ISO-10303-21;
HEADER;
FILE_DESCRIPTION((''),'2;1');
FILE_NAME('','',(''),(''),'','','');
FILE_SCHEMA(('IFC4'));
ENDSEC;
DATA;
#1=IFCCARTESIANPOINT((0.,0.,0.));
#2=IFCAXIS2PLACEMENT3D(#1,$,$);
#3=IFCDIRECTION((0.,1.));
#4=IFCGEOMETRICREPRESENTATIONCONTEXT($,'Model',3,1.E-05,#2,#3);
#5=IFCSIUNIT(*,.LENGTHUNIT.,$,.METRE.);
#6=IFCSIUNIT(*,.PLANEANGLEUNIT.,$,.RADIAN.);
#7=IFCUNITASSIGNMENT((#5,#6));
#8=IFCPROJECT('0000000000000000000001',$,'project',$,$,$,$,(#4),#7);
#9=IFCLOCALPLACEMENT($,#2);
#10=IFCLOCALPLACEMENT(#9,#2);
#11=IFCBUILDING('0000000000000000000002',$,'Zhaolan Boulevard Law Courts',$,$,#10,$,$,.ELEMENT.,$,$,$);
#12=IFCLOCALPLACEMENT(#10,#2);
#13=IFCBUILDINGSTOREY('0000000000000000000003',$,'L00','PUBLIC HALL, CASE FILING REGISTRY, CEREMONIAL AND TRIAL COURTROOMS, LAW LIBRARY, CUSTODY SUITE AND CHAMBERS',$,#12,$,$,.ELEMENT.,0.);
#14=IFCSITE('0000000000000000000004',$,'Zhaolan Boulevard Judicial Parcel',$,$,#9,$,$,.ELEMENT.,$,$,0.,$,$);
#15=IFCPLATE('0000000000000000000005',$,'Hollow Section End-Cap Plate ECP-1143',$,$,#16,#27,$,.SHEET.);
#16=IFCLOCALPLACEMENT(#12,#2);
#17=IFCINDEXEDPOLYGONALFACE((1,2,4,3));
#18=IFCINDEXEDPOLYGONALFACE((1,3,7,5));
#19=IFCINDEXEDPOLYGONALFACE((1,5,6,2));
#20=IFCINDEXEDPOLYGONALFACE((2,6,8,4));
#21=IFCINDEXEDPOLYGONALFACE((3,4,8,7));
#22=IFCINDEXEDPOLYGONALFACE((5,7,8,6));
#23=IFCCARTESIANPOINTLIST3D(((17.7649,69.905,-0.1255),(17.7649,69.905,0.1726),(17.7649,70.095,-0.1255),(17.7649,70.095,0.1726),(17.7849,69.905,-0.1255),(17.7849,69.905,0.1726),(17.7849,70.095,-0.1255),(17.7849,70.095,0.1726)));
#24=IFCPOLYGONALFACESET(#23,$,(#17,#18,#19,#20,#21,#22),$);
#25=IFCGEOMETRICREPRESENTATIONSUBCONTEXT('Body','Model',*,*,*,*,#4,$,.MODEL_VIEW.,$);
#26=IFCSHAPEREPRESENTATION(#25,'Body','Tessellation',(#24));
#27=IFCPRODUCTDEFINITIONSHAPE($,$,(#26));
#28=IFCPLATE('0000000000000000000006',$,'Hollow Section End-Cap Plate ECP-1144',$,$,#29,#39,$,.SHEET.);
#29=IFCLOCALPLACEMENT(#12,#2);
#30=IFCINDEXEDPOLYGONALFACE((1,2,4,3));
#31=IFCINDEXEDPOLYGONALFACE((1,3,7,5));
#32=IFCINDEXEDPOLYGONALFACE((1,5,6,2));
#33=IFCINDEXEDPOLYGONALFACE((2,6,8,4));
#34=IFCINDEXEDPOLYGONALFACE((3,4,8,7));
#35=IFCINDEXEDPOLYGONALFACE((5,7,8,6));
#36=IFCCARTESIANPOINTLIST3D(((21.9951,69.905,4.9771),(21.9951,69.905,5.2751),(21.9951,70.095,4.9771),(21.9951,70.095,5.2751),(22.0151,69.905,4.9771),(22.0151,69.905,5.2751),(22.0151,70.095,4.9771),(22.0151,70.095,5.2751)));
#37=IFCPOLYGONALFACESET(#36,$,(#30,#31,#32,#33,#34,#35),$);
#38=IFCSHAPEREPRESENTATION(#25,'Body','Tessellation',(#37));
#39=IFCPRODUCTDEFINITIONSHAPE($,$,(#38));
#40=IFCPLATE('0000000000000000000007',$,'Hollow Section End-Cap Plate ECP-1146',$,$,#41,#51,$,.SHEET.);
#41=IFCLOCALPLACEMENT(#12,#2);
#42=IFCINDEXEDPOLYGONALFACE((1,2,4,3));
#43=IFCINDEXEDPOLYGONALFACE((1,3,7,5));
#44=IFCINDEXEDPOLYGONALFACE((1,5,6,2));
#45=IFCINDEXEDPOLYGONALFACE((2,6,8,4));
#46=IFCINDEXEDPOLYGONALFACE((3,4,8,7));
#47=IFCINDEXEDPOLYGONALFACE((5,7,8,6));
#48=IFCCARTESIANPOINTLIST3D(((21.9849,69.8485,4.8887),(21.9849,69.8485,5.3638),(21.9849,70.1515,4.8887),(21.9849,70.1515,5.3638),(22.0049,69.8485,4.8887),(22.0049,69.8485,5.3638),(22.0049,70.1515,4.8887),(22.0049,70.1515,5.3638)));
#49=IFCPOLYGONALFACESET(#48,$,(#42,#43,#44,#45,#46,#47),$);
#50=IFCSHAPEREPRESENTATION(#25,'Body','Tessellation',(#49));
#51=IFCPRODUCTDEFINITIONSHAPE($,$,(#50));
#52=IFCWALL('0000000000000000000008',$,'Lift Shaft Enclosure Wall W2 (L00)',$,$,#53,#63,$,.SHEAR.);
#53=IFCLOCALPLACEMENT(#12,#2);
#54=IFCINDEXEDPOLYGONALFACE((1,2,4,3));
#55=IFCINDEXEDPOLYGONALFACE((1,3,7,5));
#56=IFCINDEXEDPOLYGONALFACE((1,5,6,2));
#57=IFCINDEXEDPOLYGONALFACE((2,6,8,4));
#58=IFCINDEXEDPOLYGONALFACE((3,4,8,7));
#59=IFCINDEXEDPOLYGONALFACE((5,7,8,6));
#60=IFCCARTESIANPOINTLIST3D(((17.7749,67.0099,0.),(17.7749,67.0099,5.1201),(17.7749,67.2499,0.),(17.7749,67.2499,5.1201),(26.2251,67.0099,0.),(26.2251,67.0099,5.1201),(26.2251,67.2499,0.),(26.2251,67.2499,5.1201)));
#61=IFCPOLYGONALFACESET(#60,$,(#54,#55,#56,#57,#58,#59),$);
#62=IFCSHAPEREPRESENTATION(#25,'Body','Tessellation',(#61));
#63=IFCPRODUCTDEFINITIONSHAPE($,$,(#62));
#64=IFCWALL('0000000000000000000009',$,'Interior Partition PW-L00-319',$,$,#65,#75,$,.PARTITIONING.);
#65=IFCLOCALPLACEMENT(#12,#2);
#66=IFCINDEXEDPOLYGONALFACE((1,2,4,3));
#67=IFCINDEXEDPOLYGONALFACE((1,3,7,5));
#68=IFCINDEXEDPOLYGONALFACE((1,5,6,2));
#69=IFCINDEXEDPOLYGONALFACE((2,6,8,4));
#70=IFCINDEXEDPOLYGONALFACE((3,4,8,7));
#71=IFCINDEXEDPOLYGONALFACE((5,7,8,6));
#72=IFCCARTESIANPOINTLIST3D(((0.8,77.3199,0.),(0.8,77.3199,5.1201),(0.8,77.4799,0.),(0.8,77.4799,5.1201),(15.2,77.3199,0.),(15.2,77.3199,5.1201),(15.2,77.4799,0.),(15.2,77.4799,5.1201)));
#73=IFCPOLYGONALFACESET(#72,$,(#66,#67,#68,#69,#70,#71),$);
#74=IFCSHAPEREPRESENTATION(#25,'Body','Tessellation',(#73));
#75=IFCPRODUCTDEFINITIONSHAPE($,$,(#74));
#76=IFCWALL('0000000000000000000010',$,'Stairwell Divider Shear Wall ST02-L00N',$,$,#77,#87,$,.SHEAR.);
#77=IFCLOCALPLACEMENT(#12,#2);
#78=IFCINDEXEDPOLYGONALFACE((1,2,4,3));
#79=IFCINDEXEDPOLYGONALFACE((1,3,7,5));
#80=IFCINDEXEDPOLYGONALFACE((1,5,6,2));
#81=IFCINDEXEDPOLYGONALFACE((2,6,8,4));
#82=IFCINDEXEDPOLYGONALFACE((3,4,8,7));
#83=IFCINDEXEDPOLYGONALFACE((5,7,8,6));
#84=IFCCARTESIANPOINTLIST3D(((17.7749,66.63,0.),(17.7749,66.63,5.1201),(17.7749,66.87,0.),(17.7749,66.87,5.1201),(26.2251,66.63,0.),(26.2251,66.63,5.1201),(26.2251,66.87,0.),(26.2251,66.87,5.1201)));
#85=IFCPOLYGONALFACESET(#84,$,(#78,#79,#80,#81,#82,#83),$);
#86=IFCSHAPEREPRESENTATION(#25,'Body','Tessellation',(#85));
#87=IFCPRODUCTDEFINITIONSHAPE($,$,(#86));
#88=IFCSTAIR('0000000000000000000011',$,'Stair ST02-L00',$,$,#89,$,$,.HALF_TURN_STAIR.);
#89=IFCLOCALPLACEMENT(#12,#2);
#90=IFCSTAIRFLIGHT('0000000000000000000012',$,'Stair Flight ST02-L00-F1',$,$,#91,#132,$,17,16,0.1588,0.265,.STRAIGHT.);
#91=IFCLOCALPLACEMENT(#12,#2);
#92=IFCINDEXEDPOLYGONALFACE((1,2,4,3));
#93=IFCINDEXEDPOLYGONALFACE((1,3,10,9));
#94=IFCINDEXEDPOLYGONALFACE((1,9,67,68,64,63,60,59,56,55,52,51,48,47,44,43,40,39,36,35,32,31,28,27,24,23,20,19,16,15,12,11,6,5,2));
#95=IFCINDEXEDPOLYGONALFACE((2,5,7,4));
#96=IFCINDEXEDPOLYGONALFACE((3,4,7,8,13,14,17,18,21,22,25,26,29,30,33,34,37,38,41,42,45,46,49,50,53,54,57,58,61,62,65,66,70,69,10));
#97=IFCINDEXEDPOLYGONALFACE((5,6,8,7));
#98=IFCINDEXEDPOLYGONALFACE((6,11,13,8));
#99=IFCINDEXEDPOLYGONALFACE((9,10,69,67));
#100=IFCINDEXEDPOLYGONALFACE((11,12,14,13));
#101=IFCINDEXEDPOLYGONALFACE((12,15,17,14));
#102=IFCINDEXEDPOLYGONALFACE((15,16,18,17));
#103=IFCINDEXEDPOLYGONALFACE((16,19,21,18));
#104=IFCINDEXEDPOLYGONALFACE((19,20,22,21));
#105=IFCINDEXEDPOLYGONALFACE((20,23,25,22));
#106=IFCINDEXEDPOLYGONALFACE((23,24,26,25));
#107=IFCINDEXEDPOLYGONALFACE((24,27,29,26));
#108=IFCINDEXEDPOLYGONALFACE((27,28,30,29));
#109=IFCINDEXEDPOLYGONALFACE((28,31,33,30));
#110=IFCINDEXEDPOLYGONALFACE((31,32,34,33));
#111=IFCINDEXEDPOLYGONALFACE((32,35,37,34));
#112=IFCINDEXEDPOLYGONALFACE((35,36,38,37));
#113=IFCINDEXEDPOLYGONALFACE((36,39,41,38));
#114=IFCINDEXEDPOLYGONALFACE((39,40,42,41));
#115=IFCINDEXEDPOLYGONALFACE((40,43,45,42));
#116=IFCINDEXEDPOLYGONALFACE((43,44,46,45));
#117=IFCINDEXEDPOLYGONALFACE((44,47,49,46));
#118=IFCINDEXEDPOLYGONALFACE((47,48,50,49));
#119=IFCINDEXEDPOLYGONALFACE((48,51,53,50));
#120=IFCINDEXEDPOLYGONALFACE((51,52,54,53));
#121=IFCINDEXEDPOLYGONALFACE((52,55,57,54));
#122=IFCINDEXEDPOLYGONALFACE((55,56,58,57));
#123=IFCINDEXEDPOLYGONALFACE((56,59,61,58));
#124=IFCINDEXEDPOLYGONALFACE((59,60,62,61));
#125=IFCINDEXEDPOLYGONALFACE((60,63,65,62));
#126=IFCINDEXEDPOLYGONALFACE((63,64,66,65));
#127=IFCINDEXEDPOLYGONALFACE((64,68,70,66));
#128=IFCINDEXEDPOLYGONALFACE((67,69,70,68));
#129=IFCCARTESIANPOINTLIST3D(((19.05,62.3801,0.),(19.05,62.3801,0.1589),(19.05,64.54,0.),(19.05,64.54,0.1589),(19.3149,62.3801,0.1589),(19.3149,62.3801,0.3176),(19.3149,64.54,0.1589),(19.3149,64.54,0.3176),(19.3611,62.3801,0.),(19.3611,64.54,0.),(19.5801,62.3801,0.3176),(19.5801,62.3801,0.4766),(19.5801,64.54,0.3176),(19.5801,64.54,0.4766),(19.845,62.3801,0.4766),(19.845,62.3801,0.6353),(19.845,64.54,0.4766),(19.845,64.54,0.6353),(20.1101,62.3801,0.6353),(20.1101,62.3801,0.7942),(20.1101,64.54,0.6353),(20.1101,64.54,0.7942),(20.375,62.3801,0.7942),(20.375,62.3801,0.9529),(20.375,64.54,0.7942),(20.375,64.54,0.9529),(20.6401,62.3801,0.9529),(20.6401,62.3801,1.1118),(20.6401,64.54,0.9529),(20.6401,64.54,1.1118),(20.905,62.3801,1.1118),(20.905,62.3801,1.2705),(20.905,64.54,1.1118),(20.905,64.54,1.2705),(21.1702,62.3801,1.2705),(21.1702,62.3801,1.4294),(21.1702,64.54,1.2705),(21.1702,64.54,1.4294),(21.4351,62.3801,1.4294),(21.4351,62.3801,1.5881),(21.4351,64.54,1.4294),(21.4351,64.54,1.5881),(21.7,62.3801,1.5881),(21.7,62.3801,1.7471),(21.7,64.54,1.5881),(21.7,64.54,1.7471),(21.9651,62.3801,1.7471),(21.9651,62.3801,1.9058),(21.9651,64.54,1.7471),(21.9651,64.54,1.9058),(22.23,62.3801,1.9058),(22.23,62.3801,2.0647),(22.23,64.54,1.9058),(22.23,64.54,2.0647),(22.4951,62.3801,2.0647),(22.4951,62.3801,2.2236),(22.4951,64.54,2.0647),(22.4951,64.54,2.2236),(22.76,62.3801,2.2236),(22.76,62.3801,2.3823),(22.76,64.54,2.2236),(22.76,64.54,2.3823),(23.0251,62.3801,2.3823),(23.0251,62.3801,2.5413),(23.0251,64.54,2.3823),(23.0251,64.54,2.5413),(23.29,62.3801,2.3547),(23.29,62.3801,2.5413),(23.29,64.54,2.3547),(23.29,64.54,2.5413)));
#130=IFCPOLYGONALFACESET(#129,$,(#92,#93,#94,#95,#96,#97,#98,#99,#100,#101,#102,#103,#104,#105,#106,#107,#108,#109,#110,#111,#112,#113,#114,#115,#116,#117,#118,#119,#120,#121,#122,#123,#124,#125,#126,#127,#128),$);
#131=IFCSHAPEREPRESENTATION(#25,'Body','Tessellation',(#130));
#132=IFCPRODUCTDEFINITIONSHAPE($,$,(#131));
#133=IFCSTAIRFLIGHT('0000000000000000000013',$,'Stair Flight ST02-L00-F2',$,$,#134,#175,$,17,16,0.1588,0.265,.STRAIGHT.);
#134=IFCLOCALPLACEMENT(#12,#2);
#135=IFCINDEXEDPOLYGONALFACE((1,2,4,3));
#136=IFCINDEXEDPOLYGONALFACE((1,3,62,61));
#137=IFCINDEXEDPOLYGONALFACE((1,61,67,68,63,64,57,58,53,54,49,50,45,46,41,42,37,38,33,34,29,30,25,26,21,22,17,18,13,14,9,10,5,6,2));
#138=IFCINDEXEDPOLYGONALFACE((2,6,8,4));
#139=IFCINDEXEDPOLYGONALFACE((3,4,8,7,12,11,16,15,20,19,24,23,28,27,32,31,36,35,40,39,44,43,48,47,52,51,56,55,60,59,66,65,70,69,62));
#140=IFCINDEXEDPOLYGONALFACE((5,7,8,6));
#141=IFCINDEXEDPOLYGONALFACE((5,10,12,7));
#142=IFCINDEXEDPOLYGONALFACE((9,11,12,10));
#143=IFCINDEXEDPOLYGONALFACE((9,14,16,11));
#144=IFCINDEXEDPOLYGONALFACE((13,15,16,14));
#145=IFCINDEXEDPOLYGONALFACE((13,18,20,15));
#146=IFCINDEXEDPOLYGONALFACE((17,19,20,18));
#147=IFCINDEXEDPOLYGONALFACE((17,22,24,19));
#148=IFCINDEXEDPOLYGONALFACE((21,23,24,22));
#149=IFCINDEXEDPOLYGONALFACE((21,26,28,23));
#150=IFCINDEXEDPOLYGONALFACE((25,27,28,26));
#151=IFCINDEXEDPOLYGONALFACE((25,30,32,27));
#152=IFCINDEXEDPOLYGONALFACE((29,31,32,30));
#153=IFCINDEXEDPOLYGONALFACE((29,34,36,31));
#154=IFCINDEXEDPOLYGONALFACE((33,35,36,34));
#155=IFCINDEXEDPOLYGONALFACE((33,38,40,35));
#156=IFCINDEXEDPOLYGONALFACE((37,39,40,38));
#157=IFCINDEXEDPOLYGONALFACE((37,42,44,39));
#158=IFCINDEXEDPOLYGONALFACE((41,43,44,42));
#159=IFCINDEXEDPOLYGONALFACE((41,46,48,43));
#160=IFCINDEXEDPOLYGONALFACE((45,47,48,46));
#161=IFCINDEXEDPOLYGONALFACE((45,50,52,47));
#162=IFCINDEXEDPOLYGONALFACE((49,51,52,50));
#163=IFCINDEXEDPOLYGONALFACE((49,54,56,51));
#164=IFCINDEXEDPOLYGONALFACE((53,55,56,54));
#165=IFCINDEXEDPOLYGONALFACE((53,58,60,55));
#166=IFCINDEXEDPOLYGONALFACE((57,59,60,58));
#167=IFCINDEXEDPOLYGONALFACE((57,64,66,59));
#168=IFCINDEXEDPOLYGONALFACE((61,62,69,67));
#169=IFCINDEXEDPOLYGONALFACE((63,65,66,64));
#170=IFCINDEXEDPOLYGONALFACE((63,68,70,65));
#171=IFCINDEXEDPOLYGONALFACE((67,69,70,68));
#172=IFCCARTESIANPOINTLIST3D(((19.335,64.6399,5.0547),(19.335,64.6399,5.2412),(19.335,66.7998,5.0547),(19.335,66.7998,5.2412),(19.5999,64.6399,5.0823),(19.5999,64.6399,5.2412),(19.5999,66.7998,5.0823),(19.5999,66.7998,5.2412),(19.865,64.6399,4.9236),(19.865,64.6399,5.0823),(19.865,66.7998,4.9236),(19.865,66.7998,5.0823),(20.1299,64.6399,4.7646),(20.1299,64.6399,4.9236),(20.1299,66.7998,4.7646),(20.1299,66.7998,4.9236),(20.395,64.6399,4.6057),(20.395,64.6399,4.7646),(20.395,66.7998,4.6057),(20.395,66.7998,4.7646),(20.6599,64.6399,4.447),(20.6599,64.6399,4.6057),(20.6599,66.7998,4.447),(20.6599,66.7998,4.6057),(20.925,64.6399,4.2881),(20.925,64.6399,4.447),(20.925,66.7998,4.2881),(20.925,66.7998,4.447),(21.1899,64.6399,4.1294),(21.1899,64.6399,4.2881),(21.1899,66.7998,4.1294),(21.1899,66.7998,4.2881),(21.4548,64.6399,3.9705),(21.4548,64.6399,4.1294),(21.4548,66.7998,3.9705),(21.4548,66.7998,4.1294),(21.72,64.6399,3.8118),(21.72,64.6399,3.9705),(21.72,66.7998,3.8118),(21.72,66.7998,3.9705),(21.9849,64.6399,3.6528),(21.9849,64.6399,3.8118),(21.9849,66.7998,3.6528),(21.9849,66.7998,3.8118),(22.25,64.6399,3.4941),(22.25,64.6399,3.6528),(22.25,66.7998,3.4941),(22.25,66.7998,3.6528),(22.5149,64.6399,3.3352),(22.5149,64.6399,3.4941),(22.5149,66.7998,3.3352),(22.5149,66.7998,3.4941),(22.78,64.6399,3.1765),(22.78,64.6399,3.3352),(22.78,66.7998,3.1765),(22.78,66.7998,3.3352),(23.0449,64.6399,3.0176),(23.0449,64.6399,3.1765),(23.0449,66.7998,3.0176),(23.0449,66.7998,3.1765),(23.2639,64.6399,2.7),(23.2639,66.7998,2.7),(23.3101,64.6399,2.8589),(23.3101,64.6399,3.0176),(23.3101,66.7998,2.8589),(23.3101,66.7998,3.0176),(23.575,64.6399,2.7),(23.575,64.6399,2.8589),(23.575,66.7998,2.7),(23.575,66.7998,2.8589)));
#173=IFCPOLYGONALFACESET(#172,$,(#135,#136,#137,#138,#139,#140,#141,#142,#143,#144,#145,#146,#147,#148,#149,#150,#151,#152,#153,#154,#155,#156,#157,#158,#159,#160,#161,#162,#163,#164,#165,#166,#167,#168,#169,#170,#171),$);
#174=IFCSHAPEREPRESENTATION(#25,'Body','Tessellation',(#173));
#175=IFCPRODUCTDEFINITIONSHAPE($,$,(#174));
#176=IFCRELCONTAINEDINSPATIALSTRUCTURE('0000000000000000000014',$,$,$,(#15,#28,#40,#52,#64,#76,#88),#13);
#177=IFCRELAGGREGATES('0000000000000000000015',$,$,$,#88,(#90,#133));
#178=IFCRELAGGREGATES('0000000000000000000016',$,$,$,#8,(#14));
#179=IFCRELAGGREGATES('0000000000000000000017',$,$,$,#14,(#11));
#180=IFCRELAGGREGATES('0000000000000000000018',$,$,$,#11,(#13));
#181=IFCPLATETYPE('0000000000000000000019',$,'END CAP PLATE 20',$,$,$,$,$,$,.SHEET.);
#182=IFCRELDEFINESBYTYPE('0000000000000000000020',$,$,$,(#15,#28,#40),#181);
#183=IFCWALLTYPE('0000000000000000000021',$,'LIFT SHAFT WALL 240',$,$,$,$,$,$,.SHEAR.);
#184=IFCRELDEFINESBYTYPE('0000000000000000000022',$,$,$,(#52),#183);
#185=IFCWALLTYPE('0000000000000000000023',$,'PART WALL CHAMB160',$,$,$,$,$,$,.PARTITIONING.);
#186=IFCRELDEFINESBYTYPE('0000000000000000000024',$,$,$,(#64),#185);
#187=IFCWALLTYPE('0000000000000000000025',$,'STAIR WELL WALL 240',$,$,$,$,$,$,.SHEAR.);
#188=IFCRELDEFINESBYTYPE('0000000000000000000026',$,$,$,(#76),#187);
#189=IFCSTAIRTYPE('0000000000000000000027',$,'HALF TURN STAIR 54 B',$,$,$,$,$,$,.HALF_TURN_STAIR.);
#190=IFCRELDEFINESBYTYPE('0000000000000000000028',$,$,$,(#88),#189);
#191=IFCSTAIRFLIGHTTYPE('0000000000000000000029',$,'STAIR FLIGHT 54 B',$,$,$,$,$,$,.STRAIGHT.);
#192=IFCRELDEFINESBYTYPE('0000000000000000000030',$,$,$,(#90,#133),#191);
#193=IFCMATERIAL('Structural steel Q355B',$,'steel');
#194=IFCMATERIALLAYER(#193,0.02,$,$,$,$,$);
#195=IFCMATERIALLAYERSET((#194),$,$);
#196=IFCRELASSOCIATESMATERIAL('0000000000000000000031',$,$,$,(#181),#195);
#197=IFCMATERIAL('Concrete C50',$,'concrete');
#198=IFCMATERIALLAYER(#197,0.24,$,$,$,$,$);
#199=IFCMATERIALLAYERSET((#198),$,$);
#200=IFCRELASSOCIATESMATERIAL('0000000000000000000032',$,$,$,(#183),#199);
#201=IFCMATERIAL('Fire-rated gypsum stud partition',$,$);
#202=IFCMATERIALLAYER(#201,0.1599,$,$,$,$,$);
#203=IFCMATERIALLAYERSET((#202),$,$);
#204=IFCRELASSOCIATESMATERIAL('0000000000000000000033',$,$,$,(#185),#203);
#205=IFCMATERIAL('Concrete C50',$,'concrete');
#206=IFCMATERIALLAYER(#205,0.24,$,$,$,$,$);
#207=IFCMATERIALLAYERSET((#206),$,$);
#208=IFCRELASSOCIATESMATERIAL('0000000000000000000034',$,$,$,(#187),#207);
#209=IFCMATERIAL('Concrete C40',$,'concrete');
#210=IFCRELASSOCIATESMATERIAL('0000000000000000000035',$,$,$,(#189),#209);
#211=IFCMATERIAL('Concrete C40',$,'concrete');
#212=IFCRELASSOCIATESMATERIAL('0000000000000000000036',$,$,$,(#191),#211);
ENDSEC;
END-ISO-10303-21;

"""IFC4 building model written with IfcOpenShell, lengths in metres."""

from ifc_helpers import new_model, si_unit, direction, frame, frame_2d, origin, origin_2d, place, context, subcontext, project, spatial, polyline, rectangle, outline, extrude, material, layer, layer_set, type_object, element, aggregate, save


model = new_model("IFC4")

# Units and contexts
model_context = context("Model", 3, precision=1e-05, world=origin(), true_north=direction((0.0, 1.0)))
body_context = subcontext(model_context, "Body", "Model", "MODEL_VIEW")
ifc_project = project(units=[si_unit("LENGTHUNIT", "METRE"), si_unit("PLANEANGLEUNIT", "RADIAN")], contexts=[model_context])

# Site, building, storey
site_placement = place(None, origin())
site = spatial("IfcSite", under=ifc_project, at=site_placement, Name="Zhaolan Boulevard Judicial Parcel", CompositionType="ELEMENT", RefElevation=0.0)
building_placement = place(site_placement, origin())
building = spatial("IfcBuilding", under=site, at=building_placement, Name="Zhaolan Boulevard Law Courts", CompositionType="ELEMENT")
storey_placement = place(building_placement, origin())
storey = spatial("IfcBuildingStorey", under=building, at=storey_placement, Name="L00", Description="PUBLIC HALL, CASE FILING REGISTRY, CEREMONIAL AND TRIAL COURTROOMS, LAW LIBRARY, CUSTODY SUITE AND CHAMBERS", CompositionType="ELEMENT", Elevation=0.0)

# Plates
ifc_material_1 = material(Name="Structural steel Q355B", Category="steel")
ifc_layer_1 = layer(ifc_material_1, 0.02)
ifc_layer_set_1 = layer_set([ifc_layer_1])
plate_type_1 = type_object("IfcPlateType", Name="END CAP PLATE 20", PredefinedType="SHEET", material=ifc_layer_set_1)
for number, where, z_axis, x_axis, name in (
    (1, (17.7749, 70.0, -0.1255), (0.0, 0.0, 1.0), (1.0, 0.0, 0.0), "Hollow Section End-Cap Plate ECP-1143"),
    (2, (22.0051, 70.0, 4.9771), (0.0, 0.0, 1.0), (1.0, 0.0, 0.0), "Hollow Section End-Cap Plate ECP-1144"),
):
    element("IfcPlate", number, at=place(storey_placement, frame(where, z_axis=z_axis, x_axis=x_axis)), inside=storey, type_object=plate_type_1, Name=name, PredefinedType="SHEET", context=body_context, shape_type="SweptSolid", body=[
        extrude(rectangle(XDim=0.02, YDim=0.1899, at=origin_2d()), origin(), (0.0, 0.0, 1.0), 0.2981),
    ])
plate_placement = place(storey_placement, frame((21.9949, 70.0, 4.8887), z_axis=(0.0, 0.0, 1.0), x_axis=(-1.0, 0.0, 0.0)))
element("IfcPlate", 3, at=plate_placement, inside=storey, type_object=plate_type_1, Name="Hollow Section End-Cap Plate ECP-1146", PredefinedType="SHEET", context=body_context, shape_type="SweptSolid", body=[
    extrude(rectangle(XDim=0.02, YDim=0.303, at=origin_2d()), origin(), (0.0, 0.0, 1.0), 0.4751),
])

# Walls
ifc_material_2 = material(Name="Concrete C50", Category="concrete")
ifc_layer_2 = layer(ifc_material_2, 0.24)
ifc_layer_set_2 = layer_set([ifc_layer_2])
wall_type_1 = type_object("IfcWallType", Name="LIFT SHAFT WALL 240", PredefinedType="SHEAR", material=ifc_layer_set_2)
wall_1_placement = place(storey_placement, frame((17.7749, 67.1299, 0.0), z_axis=(0.0, 0.0, 1.0), x_axis=(1.0, 0.0, 0.0)))
element("IfcWall", 4, at=wall_1_placement, inside=storey, type_object=wall_type_1, Name="Lift Shaft Enclosure Wall W2 (L00)", PredefinedType="SHEAR", context=body_context, shape_type="SweptSolid", body=[
    extrude(rectangle(XDim=8.4502, YDim=0.24, at=frame_2d((4.2251, 0.0))), origin(), (0.0, 0.0, 1.0), 5.1201),
])
ifc_material_3 = material(Name="Fire-rated gypsum stud partition")
ifc_layer_3 = layer(ifc_material_3, 0.1599)
ifc_layer_set_3 = layer_set([ifc_layer_3])
wall_type_2 = type_object("IfcWallType", Name="PART WALL CHAMB160", PredefinedType="PARTITIONING", material=ifc_layer_set_3)
wall_2_placement = place(storey_placement, frame((15.2, 77.3999, 0.0), z_axis=(0.0, 0.0, 1.0), x_axis=(-1.0, 0.0, 0.0)))
element("IfcWall", 5, at=wall_2_placement, inside=storey, type_object=wall_type_2, Name="Interior Partition PW-L00-319", PredefinedType="PARTITIONING", context=body_context, shape_type="SweptSolid", body=[
    extrude(rectangle(XDim=14.3999, YDim=0.1599, at=frame_2d((7.2, 0.0))), origin(), (0.0, 0.0, 1.0), 5.1201),
])
ifc_material_4 = material(Name="Concrete C50", Category="concrete")
ifc_layer_4 = layer(ifc_material_4, 0.24)
ifc_layer_set_4 = layer_set([ifc_layer_4])
wall_type_3 = type_object("IfcWallType", Name="STAIR WELL WALL 240", PredefinedType="SHEAR", material=ifc_layer_set_4)
wall_3_placement = place(storey_placement, frame((17.7749, 66.75, 0.0), z_axis=(0.0, 0.0, 1.0), x_axis=(1.0, 0.0, 0.0)))
element("IfcWall", 6, at=wall_3_placement, inside=storey, type_object=wall_type_3, Name="Stairwell Divider Shear Wall ST02-L00N", PredefinedType="SHEAR", context=body_context, shape_type="SweptSolid", body=[
    extrude(rectangle(XDim=8.4502, YDim=0.24, at=frame_2d((4.2251, 0.0))), origin(), (0.0, 0.0, 1.0), 5.1201),
])

# Stair, stair flights
ifc_material_5 = material(Name="Concrete C40", Category="concrete")
stair_type = type_object("IfcStairType", Name="HALF TURN STAIR 54 B", PredefinedType="HALF_TURN_STAIR", material=ifc_material_5)
stair_placement = place(storey_placement, origin())
stair = element("IfcStair", 7, at=stair_placement, inside=storey, type_object=stair_type, Name="Stair ST02-L00", PredefinedType="HALF_TURN_STAIR")
ifc_material_6 = material(Name="Concrete C40", Category="concrete")
stair_flight_type = type_object("IfcStairFlightType", Name="STAIR FLIGHT 54 B", PredefinedType="STRAIGHT", material=ifc_material_6)
stair_flight_1_placement = place(storey_placement, frame((19.05, 63.46, 0.0), z_axis=(0.0, 0.0, 1.0), x_axis=(1.0, 0.0, 0.0)))
stair_flight_1 = element("IfcStairFlight", 8, at=stair_flight_1_placement, type_object=stair_flight_type, Name="Stair Flight ST02-L00-F1", NumberOfRisers=17, NumberOfTreads=16, PredefinedType="STRAIGHT", RiserHeight=0.1588, TreadLength=0.265, context=body_context, shape_type="SweptSolid", body=[
    extrude(outline(polyline([(0.0, 0.0), (0.0, 0.1589), (0.2649, 0.1589), (0.2649, 0.3176), (0.53, 0.3176), (0.53, 0.4766), (0.7949, 0.4766), (0.7949, 0.6353), (1.0601, 0.6353), (1.0601, 0.7942), (1.325, 0.7942), (1.325, 0.9529), (1.5901, 0.9529), (1.5901, 1.1118), (1.855, 1.1118), (1.855, 1.2705), (2.1201, 1.2705), (2.1201, 1.4294), (2.385, 1.4294), (2.385, 1.5881), (2.6499, 1.5881), (2.6499, 1.7471), (2.915, 1.7471), (2.915, 1.9058), (3.1799, 1.9058), (3.1799, 2.0647), (3.4451, 2.0647), (3.4451, 2.2236), (3.71, 2.2236), (3.71, 2.3823), (3.9751, 2.3823), (3.9751, 2.5413), (4.24, 2.5413), (4.24, 2.7), (4.24, 2.3547), (0.311, 0.0), (0.0, 0.0)])), frame((0.0, 1.0801, 0.0), z_axis=(0.0, -1.0, 0.0), x_axis=(1.0, 0.0, 0.0)), (0.0, 0.0, 1.0), 2.1599),
])
stair_flight_2_placement = place(storey_placement, frame((23.575, 65.72, 2.7), z_axis=(0.0, 0.0, 1.0), x_axis=(-1.0, 0.0, 0.0)))
stair_flight_2 = element("IfcStairFlight", 9, at=stair_flight_2_placement, type_object=stair_flight_type, Name="Stair Flight ST02-L00-F2", NumberOfRisers=17, NumberOfTreads=16, PredefinedType="STRAIGHT", RiserHeight=0.1588, TreadLength=0.265, context=body_context, shape_type="SweptSolid", body=[
    extrude(outline(polyline([(0.0, 0.0), (0.0, 0.1589), (0.2649, 0.1589), (0.2649, 0.3176), (0.53, 0.3176), (0.53, 0.4766), (0.7949, 0.4766), (0.7949, 0.6353), (1.0601, 0.6353), (1.0601, 0.7942), (1.325, 0.7942), (1.325, 0.9529), (1.5901, 0.9529), (1.5901, 1.1118), (1.855, 1.1118), (1.855, 1.2705), (2.1201, 1.2705), (2.1201, 1.4294), (2.385, 1.4294), (2.385, 1.5881), (2.6499, 1.5881), (2.6499, 1.7471), (2.915, 1.7471), (2.915, 1.9058), (3.1799, 1.9058), (3.1799, 2.0647), (3.4451, 2.0647), (3.4451, 2.2236), (3.71, 2.2236), (3.71, 2.3823), (3.9751, 2.3823), (3.9751, 2.5413), (4.24, 2.5413), (4.24, 2.7), (4.24, 2.3547), (0.311, 0.0), (0.0, 0.0)])), frame((0.0, 1.0801, 0.0), z_axis=(0.0, -1.0, 0.0), x_axis=(1.0, 0.0, 0.0)), (0.0, 0.0, 1.0), 2.1599),
])
aggregate(stair, [stair_flight_1, stair_flight_2])

save(model, "model.ifc")
